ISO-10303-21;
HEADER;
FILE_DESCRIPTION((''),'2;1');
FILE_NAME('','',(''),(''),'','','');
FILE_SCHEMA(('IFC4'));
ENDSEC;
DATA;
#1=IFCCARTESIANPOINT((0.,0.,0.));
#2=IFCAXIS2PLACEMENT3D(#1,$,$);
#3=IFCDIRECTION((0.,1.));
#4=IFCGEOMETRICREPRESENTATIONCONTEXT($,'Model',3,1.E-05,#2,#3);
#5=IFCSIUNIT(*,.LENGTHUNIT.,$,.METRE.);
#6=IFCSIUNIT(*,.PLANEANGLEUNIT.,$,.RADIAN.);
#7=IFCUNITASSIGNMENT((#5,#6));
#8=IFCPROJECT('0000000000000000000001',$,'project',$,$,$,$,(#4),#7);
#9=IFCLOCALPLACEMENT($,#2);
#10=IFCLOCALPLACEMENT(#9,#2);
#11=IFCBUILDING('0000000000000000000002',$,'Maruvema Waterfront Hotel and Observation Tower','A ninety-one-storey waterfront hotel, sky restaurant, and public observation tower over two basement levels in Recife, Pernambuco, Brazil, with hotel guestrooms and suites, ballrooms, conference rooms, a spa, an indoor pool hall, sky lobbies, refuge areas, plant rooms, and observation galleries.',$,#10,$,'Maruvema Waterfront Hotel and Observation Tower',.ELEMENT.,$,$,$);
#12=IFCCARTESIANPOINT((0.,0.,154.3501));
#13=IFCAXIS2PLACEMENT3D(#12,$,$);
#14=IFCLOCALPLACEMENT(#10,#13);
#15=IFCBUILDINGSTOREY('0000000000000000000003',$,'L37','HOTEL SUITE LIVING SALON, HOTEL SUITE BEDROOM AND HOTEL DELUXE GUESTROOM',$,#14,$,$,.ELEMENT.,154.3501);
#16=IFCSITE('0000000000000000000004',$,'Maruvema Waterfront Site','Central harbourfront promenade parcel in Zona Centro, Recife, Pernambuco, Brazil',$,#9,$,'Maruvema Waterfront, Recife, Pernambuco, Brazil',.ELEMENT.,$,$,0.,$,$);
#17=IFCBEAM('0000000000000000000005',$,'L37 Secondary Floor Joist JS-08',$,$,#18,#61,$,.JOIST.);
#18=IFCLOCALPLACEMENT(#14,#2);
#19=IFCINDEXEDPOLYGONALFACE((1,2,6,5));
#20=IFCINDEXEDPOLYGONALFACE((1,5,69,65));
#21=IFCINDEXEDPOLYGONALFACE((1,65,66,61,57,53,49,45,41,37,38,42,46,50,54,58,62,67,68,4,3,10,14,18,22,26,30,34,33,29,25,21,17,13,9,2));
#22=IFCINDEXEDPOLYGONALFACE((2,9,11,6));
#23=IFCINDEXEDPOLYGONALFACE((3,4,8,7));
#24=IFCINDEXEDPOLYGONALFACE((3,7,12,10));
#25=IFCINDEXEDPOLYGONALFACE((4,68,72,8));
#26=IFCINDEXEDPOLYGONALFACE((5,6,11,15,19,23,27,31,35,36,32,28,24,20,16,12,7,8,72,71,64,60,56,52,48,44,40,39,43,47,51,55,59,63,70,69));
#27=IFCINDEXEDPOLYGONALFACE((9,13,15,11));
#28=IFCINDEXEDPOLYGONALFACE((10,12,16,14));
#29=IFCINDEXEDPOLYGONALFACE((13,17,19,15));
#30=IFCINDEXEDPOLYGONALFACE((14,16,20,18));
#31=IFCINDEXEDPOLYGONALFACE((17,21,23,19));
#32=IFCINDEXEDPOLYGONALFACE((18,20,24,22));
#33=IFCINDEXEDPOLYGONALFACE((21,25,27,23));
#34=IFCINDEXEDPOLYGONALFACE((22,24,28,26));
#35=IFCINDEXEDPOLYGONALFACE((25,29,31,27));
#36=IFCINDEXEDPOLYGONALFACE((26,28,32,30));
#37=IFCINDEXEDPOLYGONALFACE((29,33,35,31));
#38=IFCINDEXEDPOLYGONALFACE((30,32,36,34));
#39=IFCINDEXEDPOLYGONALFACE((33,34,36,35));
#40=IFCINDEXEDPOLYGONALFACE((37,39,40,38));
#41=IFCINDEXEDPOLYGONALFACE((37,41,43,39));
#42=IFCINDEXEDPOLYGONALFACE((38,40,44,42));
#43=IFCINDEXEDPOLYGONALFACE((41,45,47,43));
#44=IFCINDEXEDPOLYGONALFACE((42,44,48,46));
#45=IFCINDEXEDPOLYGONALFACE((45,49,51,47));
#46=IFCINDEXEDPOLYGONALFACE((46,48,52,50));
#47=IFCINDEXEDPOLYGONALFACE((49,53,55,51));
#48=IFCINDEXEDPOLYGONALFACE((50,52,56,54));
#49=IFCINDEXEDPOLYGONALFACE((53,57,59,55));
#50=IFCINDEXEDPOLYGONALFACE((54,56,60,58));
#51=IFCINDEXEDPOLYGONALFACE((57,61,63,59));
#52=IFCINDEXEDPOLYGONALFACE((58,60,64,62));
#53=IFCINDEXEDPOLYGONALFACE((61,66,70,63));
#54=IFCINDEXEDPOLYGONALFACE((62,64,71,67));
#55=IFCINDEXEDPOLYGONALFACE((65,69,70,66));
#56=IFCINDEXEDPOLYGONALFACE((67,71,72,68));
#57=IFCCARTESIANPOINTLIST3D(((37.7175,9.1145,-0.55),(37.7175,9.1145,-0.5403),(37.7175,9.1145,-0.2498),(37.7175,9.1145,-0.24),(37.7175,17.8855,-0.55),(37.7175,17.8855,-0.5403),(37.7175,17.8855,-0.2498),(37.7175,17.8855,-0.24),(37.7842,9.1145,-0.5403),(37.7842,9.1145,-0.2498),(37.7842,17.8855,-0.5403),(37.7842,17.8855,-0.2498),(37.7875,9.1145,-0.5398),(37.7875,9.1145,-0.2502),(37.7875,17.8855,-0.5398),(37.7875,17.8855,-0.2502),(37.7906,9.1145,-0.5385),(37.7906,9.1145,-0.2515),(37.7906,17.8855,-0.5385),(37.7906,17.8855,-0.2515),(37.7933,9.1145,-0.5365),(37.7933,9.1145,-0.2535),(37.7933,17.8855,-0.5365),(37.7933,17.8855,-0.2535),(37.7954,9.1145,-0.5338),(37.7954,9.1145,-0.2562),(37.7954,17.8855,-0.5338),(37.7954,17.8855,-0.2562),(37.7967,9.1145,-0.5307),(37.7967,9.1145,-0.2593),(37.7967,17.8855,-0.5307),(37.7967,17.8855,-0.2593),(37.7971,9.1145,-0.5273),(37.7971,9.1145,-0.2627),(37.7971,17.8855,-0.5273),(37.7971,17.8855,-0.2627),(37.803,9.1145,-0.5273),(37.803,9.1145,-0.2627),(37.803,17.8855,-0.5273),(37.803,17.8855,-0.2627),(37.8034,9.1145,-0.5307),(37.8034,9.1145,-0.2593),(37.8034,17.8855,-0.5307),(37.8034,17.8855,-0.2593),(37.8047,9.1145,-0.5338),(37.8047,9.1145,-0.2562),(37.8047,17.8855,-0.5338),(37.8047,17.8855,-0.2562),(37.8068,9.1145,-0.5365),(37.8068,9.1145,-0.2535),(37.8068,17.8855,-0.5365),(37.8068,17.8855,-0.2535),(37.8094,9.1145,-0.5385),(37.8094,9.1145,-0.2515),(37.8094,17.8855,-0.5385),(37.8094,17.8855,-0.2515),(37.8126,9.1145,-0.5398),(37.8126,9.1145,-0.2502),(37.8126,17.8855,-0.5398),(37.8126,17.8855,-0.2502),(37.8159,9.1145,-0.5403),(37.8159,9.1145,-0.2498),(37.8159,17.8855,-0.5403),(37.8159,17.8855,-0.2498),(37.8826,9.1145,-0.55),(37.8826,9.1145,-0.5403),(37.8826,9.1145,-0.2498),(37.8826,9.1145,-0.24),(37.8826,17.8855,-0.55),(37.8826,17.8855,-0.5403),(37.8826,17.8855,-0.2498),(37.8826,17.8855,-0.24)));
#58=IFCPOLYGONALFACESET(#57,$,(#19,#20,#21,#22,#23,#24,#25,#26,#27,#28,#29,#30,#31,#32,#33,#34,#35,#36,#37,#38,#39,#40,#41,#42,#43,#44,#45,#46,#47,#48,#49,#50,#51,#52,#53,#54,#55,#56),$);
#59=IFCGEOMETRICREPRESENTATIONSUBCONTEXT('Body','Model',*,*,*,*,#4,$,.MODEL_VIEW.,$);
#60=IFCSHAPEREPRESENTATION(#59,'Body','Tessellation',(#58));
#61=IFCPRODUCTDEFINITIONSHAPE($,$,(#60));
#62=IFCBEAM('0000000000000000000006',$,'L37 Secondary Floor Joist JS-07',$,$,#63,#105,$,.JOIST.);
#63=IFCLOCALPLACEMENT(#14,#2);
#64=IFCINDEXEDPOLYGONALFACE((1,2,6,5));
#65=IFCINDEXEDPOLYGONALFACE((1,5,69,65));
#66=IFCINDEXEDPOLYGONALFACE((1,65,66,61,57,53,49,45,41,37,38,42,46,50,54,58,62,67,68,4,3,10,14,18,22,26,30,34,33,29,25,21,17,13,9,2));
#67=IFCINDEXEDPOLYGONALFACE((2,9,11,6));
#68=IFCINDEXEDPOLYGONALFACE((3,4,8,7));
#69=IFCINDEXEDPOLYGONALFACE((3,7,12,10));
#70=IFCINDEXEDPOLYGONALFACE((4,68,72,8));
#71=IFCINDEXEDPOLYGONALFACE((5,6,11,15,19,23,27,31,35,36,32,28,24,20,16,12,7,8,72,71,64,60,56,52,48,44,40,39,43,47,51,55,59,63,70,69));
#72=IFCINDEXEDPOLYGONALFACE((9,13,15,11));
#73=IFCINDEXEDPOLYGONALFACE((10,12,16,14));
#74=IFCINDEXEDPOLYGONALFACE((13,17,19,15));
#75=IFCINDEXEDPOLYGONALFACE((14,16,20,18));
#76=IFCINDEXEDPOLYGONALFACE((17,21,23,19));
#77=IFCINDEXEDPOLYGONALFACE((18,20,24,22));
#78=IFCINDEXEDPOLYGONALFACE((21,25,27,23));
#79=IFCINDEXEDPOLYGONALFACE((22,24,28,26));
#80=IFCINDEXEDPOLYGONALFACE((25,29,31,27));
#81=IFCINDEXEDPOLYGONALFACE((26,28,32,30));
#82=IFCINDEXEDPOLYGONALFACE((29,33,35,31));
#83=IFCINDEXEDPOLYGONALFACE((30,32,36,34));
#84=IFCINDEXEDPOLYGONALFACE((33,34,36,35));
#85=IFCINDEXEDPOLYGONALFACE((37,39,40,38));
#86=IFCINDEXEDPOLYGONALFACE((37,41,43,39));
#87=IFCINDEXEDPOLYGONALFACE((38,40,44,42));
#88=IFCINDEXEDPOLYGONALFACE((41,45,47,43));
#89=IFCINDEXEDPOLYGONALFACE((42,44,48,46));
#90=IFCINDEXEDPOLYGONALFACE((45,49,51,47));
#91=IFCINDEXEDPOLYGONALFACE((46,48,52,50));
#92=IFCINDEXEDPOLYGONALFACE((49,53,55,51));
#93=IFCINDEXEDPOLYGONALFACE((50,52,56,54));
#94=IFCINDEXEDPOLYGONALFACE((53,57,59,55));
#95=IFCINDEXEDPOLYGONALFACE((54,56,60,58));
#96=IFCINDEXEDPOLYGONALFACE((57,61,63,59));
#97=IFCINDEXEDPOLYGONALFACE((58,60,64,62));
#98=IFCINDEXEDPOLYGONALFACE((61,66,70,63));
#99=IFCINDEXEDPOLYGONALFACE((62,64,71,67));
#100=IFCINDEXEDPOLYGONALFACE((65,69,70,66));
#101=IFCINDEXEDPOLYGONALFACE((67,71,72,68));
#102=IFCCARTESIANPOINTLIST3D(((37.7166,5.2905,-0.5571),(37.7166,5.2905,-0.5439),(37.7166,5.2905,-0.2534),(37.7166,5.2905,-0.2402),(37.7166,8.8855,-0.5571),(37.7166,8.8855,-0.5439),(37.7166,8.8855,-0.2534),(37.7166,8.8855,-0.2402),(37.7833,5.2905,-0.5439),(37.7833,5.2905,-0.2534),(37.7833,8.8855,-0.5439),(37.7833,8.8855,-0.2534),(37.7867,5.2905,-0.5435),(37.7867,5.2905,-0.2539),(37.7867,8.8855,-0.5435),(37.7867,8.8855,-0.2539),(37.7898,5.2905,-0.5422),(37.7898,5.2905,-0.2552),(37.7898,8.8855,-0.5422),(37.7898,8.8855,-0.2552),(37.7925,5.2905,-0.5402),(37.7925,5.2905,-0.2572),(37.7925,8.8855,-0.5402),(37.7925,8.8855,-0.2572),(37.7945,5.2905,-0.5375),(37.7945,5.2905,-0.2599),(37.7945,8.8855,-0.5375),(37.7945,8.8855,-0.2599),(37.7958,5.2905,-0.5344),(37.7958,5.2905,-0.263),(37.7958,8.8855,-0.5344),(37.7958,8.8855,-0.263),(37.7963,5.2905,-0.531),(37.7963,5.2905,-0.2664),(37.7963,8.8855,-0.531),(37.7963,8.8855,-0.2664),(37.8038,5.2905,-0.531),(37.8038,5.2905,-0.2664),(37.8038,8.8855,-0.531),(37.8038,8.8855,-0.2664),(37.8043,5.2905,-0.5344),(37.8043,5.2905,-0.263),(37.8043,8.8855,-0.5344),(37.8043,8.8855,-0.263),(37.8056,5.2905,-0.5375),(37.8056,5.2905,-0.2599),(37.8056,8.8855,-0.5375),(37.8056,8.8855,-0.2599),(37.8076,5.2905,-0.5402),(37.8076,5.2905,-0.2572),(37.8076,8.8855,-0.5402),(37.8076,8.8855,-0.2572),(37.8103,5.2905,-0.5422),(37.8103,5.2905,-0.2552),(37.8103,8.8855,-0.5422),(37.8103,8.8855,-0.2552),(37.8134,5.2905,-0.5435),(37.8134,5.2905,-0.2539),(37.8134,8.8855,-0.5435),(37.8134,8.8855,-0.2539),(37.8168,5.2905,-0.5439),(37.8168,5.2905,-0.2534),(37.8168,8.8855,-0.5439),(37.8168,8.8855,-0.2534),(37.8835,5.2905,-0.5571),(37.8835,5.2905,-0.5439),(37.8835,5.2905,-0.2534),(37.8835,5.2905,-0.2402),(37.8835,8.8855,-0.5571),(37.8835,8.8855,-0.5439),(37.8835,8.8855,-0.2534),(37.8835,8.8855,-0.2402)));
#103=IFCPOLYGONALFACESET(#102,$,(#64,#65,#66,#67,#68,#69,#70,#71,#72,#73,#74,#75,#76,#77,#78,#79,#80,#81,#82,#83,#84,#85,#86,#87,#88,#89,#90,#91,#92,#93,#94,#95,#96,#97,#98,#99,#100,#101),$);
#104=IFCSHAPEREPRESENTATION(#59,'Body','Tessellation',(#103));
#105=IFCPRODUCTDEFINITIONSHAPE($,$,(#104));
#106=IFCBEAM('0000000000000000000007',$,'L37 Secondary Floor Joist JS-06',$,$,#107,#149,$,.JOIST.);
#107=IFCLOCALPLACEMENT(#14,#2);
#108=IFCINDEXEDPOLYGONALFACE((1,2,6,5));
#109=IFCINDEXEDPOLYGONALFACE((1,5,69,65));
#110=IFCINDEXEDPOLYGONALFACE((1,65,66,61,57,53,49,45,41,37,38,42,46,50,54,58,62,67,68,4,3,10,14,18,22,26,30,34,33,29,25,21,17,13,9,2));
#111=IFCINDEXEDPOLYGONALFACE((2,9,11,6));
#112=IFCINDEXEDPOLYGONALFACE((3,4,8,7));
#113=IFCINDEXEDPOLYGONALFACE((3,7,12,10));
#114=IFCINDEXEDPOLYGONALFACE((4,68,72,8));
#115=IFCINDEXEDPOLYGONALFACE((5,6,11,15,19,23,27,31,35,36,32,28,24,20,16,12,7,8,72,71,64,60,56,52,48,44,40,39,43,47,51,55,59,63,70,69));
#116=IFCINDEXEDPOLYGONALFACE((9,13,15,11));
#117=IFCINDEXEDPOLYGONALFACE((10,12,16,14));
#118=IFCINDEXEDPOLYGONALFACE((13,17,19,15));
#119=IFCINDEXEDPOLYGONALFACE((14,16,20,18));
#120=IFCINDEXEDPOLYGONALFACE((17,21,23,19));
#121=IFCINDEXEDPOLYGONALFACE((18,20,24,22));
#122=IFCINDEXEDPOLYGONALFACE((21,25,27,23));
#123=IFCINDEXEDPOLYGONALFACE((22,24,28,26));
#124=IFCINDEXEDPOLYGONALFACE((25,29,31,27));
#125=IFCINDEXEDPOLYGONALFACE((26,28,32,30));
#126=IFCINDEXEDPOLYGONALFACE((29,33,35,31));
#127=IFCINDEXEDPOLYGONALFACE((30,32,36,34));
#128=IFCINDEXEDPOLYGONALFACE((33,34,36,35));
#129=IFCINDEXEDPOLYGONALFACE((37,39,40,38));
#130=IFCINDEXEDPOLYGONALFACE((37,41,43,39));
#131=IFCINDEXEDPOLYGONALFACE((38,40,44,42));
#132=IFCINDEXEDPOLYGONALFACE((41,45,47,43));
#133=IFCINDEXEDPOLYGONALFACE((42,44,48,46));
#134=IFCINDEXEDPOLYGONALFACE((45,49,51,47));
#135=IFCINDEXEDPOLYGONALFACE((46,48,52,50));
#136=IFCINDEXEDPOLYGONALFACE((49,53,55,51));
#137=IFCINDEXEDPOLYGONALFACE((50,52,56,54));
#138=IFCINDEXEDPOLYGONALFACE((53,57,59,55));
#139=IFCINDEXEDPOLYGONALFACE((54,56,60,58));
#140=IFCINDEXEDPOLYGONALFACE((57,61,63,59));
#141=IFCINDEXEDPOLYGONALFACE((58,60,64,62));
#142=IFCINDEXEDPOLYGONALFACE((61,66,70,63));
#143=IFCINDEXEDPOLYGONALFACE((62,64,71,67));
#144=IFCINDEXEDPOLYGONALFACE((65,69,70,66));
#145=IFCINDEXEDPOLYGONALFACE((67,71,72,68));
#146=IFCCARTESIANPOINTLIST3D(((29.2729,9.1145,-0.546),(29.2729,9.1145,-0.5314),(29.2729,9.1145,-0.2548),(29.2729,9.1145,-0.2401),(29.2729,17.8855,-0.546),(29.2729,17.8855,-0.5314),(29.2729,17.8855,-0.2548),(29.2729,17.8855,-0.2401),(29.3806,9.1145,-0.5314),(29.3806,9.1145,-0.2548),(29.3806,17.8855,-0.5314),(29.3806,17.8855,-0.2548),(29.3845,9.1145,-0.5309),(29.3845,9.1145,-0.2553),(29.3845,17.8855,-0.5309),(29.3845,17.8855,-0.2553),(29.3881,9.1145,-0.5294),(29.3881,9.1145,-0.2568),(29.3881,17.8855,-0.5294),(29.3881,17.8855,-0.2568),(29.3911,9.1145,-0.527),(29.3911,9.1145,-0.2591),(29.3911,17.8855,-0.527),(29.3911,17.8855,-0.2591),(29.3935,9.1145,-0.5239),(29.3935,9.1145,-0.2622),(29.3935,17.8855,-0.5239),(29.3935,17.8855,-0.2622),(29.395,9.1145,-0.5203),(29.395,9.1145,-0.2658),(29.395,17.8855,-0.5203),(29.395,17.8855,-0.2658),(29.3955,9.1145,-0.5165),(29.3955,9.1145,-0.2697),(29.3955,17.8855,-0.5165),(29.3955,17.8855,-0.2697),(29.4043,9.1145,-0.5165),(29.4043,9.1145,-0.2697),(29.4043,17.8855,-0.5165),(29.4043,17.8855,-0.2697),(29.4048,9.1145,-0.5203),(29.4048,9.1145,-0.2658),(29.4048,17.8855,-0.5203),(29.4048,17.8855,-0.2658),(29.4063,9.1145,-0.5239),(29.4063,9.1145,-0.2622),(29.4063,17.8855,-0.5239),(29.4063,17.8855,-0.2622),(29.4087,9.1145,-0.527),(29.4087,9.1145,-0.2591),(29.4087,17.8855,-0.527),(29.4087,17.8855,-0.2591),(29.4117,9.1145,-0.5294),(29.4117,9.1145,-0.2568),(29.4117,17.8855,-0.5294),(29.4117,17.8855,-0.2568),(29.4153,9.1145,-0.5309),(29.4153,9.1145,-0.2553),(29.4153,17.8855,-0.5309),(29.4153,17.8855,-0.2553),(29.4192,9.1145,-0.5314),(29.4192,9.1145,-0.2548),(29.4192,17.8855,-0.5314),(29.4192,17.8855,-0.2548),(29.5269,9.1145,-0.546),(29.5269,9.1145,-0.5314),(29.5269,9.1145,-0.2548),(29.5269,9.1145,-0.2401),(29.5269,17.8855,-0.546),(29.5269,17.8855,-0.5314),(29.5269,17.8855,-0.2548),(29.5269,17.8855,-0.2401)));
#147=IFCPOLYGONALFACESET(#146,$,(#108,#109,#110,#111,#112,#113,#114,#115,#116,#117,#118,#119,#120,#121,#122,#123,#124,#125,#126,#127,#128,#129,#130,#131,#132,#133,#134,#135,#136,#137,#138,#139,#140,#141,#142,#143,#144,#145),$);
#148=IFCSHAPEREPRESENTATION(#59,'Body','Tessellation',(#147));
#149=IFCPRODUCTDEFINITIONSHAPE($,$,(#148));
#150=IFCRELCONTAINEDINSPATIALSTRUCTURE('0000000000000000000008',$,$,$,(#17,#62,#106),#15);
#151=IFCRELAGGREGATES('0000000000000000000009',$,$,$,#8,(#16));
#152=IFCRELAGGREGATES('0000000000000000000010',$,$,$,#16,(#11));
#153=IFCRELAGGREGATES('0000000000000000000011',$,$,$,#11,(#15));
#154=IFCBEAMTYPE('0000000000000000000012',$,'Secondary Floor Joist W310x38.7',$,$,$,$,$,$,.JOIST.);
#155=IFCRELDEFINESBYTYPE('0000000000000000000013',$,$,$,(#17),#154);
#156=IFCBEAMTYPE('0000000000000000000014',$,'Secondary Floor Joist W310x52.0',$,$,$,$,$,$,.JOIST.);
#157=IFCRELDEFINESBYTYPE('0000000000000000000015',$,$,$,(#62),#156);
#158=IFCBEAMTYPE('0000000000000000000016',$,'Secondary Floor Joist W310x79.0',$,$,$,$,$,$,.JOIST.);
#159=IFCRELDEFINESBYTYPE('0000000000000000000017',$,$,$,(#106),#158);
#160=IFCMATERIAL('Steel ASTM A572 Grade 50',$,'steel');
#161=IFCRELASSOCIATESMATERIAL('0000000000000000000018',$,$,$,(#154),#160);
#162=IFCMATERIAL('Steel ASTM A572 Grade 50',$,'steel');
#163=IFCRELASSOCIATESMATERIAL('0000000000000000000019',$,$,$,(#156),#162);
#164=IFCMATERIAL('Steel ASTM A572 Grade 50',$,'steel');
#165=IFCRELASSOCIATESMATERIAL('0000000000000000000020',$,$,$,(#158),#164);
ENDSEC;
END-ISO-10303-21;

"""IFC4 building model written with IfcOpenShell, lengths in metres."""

from ifc_helpers import new_model, si_unit, direction, frame, origin, origin_2d, place, context, subcontext, project, spatial, i_section, extrude, material, material_profile, profile_set, type_object, element, save


model = new_model("IFC4")

# Units and contexts
model_context = context("Model", 3, precision=1e-05, world=origin(), true_north=direction((0.0, 1.0)))
body_context = subcontext(model_context, "Body", "Model", "MODEL_VIEW")
ifc_project = project(units=[si_unit("LENGTHUNIT", "METRE"), si_unit("PLANEANGLEUNIT", "RADIAN")], contexts=[model_context])

# Site, building, storey
site_placement = place(None, origin())
site = spatial("IfcSite", under=ifc_project, at=site_placement, Name="Maruvema Waterfront Site", Description="Central harbourfront promenade parcel in Zona Centro, Recife, Pernambuco, Brazil", LongName="Maruvema Waterfront, Recife, Pernambuco, Brazil", CompositionType="ELEMENT", RefElevation=0.0)
building_placement = place(site_placement, origin())
building = spatial("IfcBuilding", under=site, at=building_placement, Name="Maruvema Waterfront Hotel and Observation Tower", Description="A ninety-one-storey waterfront hotel, sky restaurant, and public observation tower over two basement levels in Recife, Pernambuco, Brazil, with hotel guestrooms and suites, ballrooms, conference rooms, a spa, an indoor pool hall, sky lobbies, refuge areas, plant rooms, and observation galleries.", LongName="Maruvema Waterfront Hotel and Observation Tower", CompositionType="ELEMENT")
storey_placement = place(building_placement, frame((0.0, 0.0, 154.3501)))
storey = spatial("IfcBuildingStorey", under=building, at=storey_placement, Name="L37", Description="HOTEL SUITE LIVING SALON, HOTEL SUITE BEDROOM AND HOTEL DELUXE GUESTROOM", CompositionType="ELEMENT", Elevation=154.3501)

# Beams
ifc_material_1 = material(Name="Steel ASTM A572 Grade 50", Category="steel")
ifc_material_profile_1 = material_profile(ifc_material_1, i_section(OverallWidth=0.165, OverallDepth=0.3101, WebThickness=0.0059, FlangeThickness=0.0098, FilletRadius=0.0129, at=origin_2d()), Name="W310x38.7")
ifc_profile_set_1 = profile_set([ifc_material_profile_1], Name="Steel ASTM A572 Grade 50")
beam_type_1 = type_object("IfcBeamType", Name="Secondary Floor Joist W310x38.7", PredefinedType="JOIST", material=ifc_profile_set_1)
beam_1_placement = place(storey_placement, frame((37.8, 9.1145, -0.395), z_axis=(0.0, 1.0, 0.0), x_axis=(-1.0, 0.0, 0.0)))
element("IfcBeam", 1, at=beam_1_placement, inside=storey, type_object=beam_type_1, Name="L37 Secondary Floor Joist JS-08", PredefinedType="JOIST", context=body_context, shape_type="SweptSolid", body=[
    extrude(i_section(OverallWidth=0.165, OverallDepth=0.3101, WebThickness=0.0059, FlangeThickness=0.0098, FilletRadius=0.0129, at=origin_2d()), origin(), (0.0, 0.0, 1.0), 8.771),
])
ifc_material_2 = material(Name="Steel ASTM A572 Grade 50", Category="steel")
ifc_material_profile_2 = material_profile(ifc_material_2, i_section(OverallWidth=0.167, OverallDepth=0.3169, WebThickness=0.0076, FlangeThickness=0.0132, FilletRadius=0.0129, at=origin_2d()), Name="W310x52.0")
ifc_profile_set_2 = profile_set([ifc_material_profile_2], Name="Steel ASTM A572 Grade 50")
beam_type_2 = type_object("IfcBeamType", Name="Secondary Floor Joist W310x52.0", PredefinedType="JOIST", material=ifc_profile_set_2)
beam_2_placement = place(storey_placement, frame((37.8, 5.2905, -0.3987), z_axis=(0.0, 1.0, 0.0), x_axis=(-1.0, 0.0, 0.0)))
element("IfcBeam", 2, at=beam_2_placement, inside=storey, type_object=beam_type_2, Name="L37 Secondary Floor Joist JS-07", PredefinedType="JOIST", context=body_context, shape_type="SweptSolid", body=[
    extrude(i_section(OverallWidth=0.167, OverallDepth=0.3169, WebThickness=0.0076, FlangeThickness=0.0132, FilletRadius=0.0129, at=origin_2d()), origin(), (0.0, 0.0, 1.0), 3.595),
])
ifc_material_3 = material(Name="Steel ASTM A572 Grade 50", Category="steel")
ifc_material_profile_3 = material_profile(ifc_material_3, i_section(OverallWidth=0.2539, OverallDepth=0.3059, WebThickness=0.0088, FlangeThickness=0.0146, FilletRadius=0.0149, at=origin_2d()), Name="W310x79.0")
ifc_profile_set_3 = profile_set([ifc_material_profile_3], Name="Steel ASTM A572 Grade 50")
beam_type_3 = type_object("IfcBeamType", Name="Secondary Floor Joist W310x79.0", PredefinedType="JOIST", material=ifc_profile_set_3)
beam_3_placement = place(storey_placement, frame((29.3999, 9.1145, -0.3931), z_axis=(0.0, 1.0, 0.0), x_axis=(-1.0, 0.0, 0.0)))
element("IfcBeam", 3, at=beam_3_placement, inside=storey, type_object=beam_type_3, Name="L37 Secondary Floor Joist JS-06", PredefinedType="JOIST", context=body_context, shape_type="SweptSolid", body=[
    extrude(i_section(OverallWidth=0.2539, OverallDepth=0.3059, WebThickness=0.0088, FlangeThickness=0.0146, FilletRadius=0.0149, at=origin_2d()), origin(), (0.0, 0.0, 1.0), 8.771),
])

save(model, "model.ifc")
